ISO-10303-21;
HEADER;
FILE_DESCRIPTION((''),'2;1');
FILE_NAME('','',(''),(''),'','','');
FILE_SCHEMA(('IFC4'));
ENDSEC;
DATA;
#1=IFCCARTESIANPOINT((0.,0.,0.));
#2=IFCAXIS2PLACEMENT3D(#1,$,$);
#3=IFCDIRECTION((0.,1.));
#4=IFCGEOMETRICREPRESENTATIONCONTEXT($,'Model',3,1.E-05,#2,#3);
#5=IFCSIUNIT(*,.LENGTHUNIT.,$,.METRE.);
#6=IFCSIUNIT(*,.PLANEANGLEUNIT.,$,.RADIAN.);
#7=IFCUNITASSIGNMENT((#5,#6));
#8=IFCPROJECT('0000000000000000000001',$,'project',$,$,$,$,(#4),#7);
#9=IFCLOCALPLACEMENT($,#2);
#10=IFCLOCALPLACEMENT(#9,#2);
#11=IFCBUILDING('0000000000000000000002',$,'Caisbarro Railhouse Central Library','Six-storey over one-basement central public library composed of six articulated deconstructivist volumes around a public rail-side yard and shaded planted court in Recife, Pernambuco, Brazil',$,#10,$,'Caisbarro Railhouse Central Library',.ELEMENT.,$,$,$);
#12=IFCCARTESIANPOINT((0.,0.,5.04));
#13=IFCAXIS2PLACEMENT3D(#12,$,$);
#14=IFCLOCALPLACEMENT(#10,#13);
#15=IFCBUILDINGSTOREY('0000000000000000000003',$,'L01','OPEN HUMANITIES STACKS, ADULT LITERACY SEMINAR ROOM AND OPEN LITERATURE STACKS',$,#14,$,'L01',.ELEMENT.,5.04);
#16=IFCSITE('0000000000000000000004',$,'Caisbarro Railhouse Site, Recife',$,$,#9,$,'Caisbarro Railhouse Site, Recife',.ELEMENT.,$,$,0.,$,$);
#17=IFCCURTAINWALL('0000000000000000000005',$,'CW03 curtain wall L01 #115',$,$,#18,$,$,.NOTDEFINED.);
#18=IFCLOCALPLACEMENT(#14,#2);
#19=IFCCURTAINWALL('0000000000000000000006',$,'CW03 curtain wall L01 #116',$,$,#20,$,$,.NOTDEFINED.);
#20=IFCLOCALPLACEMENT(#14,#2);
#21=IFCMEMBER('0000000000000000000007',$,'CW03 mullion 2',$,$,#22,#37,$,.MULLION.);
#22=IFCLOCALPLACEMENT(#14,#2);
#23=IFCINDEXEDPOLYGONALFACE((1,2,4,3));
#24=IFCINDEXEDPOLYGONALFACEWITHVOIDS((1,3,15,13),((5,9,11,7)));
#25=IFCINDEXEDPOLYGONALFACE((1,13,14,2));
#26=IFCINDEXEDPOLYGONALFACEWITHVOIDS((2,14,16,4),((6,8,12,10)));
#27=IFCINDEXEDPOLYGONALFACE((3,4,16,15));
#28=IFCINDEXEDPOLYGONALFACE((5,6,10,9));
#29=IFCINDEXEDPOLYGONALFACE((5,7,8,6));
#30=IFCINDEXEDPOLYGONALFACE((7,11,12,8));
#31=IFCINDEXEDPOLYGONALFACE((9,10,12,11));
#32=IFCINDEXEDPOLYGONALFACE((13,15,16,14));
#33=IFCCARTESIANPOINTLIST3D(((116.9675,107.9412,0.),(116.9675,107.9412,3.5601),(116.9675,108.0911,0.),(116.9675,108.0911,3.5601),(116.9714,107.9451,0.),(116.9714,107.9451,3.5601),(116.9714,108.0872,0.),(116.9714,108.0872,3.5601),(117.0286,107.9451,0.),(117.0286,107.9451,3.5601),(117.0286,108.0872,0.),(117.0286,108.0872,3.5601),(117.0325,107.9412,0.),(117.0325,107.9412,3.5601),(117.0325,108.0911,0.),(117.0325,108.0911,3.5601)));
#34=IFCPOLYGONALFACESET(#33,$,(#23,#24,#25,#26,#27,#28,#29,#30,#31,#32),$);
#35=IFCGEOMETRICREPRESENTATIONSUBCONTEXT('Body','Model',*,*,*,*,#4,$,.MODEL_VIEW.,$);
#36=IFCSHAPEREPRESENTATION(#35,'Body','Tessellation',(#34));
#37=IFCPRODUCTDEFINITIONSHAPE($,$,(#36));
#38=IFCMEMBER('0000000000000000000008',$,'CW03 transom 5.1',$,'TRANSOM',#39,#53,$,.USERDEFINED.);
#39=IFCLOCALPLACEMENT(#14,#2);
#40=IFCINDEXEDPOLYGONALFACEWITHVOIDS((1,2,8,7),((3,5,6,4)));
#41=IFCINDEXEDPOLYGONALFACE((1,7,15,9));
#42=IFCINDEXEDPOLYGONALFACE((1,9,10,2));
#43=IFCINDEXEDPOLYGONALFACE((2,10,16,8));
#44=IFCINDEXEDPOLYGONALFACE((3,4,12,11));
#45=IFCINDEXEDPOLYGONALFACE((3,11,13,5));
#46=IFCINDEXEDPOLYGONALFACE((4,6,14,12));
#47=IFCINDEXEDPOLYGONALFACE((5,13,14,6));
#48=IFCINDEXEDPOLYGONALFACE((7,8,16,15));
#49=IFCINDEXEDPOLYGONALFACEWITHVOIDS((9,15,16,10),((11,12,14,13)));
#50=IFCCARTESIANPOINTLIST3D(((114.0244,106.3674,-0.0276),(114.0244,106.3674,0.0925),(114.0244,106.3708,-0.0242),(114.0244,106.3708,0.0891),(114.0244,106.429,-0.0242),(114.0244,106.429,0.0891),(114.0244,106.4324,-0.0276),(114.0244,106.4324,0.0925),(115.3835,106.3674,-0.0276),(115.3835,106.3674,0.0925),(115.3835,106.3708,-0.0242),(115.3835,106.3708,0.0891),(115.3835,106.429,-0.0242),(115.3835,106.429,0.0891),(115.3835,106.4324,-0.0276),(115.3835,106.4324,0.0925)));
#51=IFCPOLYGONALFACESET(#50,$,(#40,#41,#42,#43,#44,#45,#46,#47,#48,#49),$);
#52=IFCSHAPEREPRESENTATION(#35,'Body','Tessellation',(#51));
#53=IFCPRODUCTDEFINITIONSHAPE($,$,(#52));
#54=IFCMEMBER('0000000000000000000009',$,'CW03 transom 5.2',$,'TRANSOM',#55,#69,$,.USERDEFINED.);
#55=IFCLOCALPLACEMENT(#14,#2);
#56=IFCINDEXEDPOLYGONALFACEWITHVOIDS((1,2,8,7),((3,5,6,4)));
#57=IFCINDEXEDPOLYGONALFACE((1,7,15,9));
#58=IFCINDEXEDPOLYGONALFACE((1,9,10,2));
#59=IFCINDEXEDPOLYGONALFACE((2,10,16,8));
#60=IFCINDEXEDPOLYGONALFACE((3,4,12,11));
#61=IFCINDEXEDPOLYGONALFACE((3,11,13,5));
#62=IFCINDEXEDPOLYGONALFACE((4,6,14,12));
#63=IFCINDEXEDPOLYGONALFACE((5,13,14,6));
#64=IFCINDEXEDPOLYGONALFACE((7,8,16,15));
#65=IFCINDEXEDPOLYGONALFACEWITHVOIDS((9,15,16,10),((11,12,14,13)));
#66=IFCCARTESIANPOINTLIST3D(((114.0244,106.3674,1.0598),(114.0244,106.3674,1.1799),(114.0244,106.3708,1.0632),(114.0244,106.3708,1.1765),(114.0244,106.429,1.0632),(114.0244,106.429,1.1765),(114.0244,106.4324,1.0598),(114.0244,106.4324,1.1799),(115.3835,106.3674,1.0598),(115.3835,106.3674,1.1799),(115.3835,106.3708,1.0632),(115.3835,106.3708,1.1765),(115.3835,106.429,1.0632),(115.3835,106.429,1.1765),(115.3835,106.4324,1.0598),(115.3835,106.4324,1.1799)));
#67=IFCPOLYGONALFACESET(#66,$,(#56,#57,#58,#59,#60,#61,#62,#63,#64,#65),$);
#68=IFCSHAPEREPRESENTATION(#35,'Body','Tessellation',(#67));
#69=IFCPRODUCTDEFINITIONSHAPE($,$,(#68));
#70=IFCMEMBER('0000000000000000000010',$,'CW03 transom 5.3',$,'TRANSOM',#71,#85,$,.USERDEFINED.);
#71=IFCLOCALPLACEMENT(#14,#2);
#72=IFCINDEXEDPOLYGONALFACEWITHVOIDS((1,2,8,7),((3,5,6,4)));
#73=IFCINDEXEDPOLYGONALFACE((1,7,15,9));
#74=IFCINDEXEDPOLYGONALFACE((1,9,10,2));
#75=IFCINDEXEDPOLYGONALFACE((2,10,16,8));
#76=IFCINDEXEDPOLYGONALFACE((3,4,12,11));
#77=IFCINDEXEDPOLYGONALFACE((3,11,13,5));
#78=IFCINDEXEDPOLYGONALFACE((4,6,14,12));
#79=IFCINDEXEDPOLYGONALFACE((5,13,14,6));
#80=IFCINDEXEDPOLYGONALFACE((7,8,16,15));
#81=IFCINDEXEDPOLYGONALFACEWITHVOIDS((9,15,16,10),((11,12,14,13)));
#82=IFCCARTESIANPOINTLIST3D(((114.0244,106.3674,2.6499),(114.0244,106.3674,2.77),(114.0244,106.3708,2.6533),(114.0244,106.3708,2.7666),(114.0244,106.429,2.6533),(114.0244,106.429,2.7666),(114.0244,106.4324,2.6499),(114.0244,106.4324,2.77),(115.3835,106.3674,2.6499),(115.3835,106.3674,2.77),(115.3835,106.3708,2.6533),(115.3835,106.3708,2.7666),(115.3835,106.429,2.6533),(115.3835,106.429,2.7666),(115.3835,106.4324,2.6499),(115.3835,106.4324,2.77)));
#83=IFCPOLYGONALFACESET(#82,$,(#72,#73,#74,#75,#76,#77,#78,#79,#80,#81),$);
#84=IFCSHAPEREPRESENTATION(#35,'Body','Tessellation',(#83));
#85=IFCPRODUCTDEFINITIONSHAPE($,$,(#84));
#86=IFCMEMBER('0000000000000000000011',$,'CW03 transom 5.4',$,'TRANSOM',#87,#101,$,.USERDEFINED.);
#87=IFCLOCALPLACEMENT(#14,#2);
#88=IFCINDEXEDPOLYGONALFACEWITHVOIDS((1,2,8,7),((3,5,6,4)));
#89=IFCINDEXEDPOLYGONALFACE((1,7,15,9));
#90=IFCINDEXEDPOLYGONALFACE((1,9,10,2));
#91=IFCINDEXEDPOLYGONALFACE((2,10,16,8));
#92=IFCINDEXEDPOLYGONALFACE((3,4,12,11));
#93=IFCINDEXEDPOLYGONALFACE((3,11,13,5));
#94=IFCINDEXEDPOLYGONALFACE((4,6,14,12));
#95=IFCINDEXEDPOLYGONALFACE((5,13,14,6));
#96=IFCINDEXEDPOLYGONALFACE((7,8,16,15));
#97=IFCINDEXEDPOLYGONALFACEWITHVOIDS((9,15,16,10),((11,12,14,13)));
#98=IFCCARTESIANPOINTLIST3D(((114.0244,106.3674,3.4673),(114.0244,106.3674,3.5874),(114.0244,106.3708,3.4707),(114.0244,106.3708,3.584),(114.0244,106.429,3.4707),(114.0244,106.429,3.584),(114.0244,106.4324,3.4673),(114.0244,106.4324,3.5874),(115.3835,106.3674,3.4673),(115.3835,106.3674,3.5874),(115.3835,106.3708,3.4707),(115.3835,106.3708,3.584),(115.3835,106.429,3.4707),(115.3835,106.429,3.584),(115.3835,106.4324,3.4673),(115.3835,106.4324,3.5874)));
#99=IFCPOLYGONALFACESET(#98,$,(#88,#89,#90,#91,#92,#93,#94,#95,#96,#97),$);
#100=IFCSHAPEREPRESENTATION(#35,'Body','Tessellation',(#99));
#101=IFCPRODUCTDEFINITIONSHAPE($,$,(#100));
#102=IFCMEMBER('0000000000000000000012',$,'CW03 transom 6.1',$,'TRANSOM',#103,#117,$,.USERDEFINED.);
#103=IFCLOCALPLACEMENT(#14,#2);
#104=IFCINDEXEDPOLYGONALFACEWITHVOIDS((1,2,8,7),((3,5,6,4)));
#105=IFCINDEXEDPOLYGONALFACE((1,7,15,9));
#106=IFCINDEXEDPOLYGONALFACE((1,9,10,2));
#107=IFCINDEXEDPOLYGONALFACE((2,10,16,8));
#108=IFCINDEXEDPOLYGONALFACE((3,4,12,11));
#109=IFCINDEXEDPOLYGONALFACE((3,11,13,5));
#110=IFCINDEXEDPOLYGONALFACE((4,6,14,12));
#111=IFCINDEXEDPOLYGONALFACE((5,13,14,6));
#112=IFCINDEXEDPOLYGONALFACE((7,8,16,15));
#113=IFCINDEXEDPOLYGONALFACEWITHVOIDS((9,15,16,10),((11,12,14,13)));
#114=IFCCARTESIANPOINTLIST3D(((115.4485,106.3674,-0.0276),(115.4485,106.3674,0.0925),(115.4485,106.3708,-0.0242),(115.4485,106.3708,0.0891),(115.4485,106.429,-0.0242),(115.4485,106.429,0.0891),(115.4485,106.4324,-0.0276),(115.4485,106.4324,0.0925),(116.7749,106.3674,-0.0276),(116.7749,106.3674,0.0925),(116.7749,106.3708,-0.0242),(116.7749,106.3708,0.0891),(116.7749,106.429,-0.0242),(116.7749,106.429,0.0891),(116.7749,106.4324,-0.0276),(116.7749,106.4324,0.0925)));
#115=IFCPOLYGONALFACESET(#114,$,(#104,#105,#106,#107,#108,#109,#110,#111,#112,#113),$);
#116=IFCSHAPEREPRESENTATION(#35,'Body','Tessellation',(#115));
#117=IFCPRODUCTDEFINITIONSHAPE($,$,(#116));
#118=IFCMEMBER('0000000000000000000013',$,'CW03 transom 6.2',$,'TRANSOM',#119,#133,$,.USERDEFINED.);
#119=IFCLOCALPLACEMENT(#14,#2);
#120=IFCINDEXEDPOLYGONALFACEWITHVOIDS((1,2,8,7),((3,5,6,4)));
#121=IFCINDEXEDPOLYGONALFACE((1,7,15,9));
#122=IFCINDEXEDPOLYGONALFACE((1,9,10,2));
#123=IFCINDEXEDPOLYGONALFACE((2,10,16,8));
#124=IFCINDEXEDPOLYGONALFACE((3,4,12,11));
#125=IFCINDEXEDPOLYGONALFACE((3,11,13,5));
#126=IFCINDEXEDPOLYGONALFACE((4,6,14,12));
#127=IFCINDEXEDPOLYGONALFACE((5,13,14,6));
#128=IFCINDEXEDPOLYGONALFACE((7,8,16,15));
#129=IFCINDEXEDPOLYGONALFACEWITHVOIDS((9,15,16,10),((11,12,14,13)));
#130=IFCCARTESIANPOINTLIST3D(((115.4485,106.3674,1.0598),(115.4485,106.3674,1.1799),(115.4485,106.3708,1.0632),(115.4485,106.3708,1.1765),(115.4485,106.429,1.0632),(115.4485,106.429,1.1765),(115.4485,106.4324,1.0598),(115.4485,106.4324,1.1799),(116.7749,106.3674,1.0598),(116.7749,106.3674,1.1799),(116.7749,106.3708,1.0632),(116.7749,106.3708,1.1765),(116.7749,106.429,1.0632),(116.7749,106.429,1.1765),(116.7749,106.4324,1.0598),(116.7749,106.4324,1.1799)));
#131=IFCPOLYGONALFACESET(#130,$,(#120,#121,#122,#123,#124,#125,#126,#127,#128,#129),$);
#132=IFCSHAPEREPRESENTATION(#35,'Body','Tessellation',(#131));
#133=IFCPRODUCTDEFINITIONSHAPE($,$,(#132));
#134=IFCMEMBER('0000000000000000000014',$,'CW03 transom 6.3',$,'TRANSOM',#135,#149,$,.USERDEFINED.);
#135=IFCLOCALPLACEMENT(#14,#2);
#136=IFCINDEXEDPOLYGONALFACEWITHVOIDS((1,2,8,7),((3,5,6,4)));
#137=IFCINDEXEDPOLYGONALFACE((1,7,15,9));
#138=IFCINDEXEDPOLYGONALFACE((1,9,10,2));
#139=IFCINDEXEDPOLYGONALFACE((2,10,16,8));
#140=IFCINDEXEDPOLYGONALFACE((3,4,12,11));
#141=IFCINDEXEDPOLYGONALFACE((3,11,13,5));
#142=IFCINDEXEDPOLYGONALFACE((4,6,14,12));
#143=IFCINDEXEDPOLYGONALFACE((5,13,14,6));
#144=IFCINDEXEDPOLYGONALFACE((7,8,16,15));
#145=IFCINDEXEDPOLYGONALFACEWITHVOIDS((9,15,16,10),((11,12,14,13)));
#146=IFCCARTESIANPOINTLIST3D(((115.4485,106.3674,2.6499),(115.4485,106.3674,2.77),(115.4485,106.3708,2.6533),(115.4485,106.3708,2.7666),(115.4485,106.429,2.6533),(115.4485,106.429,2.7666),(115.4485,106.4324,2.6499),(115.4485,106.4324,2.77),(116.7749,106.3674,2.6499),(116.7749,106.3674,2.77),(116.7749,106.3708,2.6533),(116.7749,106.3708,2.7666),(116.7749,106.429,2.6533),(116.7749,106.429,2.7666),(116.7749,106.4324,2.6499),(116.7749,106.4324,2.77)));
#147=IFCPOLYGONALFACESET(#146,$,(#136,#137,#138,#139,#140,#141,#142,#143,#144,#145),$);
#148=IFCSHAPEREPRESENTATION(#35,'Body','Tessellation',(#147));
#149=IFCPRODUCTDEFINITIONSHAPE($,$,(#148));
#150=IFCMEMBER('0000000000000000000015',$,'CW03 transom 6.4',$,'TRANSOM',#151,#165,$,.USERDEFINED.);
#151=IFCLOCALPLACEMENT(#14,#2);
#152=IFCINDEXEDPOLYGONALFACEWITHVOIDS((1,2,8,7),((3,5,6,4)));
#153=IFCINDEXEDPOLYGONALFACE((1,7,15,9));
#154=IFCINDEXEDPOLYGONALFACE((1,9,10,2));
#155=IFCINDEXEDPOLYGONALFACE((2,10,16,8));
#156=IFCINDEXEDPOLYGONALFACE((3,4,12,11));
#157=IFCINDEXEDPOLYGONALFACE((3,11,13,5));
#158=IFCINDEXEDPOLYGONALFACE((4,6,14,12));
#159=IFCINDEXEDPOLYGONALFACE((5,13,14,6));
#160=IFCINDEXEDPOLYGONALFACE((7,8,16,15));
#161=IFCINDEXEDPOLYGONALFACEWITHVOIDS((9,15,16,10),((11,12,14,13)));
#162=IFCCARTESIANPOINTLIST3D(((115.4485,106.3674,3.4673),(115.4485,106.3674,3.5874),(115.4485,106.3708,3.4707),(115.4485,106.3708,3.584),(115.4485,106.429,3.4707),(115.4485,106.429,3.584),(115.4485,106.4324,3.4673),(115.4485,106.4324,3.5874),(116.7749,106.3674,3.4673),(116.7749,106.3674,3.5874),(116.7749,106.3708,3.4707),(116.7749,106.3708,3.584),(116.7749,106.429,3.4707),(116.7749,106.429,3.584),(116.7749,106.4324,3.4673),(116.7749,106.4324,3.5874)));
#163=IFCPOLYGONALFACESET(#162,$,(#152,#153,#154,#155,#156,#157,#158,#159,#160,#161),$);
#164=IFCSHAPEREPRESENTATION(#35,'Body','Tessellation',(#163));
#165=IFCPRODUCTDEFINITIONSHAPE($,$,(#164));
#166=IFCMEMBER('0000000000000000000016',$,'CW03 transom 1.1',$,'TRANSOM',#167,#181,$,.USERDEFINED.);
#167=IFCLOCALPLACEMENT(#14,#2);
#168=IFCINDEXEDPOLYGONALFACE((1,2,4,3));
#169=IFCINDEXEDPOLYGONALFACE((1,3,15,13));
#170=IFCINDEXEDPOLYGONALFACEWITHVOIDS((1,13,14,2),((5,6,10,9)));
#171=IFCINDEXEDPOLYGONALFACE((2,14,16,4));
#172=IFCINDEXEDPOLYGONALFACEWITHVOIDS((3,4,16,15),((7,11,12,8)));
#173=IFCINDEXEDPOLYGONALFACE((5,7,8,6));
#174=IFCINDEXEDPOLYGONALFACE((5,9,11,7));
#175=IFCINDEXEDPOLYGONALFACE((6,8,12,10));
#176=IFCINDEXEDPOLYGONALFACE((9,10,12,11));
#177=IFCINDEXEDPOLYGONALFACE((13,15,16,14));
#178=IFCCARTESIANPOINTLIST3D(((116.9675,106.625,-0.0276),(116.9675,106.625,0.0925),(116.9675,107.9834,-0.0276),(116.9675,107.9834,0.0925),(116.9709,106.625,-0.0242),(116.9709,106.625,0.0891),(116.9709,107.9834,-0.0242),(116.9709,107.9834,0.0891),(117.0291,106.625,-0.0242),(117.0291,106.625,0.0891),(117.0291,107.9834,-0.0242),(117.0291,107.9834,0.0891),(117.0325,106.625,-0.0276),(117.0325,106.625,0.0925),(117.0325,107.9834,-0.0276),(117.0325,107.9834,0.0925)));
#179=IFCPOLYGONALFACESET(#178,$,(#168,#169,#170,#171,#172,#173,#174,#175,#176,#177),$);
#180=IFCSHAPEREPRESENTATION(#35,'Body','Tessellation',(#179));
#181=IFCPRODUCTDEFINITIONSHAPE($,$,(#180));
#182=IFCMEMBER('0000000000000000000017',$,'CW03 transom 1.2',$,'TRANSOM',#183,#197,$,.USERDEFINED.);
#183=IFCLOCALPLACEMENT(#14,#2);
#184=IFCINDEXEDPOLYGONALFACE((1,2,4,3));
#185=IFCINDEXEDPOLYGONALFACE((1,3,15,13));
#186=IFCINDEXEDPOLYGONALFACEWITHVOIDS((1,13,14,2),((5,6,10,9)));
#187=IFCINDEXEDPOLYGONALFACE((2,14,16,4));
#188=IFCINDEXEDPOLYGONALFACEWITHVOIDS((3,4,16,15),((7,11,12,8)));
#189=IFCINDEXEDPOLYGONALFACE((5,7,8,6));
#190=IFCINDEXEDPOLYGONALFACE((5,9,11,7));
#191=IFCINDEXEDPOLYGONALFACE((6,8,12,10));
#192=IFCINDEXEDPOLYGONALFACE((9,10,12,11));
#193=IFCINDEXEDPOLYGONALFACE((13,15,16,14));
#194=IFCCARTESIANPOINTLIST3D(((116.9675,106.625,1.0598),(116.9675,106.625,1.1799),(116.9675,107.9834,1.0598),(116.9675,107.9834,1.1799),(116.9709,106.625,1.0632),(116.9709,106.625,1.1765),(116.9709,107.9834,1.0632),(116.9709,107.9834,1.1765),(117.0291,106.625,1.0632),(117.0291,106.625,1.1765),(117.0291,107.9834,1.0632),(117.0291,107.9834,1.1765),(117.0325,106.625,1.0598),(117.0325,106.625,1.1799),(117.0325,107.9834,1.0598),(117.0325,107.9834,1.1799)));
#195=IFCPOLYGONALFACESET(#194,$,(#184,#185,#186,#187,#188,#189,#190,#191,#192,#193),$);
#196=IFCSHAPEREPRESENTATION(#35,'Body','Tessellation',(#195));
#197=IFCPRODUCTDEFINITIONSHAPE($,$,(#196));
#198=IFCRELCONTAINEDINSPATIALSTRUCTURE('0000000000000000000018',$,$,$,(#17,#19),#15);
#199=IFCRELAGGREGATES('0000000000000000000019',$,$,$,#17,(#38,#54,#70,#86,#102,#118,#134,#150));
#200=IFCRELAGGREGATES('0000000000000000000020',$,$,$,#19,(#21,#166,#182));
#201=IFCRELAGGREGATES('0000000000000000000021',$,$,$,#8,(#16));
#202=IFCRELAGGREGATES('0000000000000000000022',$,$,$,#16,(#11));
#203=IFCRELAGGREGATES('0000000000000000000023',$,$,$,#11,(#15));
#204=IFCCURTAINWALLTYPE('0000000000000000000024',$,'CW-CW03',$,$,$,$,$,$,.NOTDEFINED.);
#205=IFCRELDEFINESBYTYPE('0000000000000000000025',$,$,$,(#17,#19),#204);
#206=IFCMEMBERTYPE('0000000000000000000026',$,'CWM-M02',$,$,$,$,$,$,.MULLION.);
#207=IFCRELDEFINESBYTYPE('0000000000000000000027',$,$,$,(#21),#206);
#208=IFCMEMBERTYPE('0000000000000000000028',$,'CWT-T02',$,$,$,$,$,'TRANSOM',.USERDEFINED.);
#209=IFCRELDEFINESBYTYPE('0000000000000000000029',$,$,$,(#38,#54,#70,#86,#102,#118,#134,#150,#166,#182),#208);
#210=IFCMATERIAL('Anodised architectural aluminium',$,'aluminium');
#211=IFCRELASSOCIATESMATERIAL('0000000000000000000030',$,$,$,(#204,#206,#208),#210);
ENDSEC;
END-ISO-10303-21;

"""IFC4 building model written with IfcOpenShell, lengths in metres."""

from ifc_helpers import new_model, si_unit, direction, frame, origin, origin_2d, place, context, subcontext, project, spatial, hollow_rectangle, extrude, material, material_profile, profile_set, type_object, element, aggregate, save


model = new_model("IFC4")

# Units and contexts
model_context = context("Model", 3, precision=1e-05, world=origin(), true_north=direction((0.0, 1.0)))
body_context = subcontext(model_context, "Body", "Model", "MODEL_VIEW")
ifc_project = project(units=[si_unit("LENGTHUNIT", "METRE"), si_unit("PLANEANGLEUNIT", "RADIAN")], contexts=[model_context])

# Site, building, storey
site_placement = place(None, origin())
site = spatial("IfcSite", under=ifc_project, at=site_placement, Name="Caisbarro Railhouse Site, Recife", LongName="Caisbarro Railhouse Site, Recife", CompositionType="ELEMENT", RefElevation=0.0)
building_placement = place(site_placement, origin())
building = spatial("IfcBuilding", under=site, at=building_placement, Name="Caisbarro Railhouse Central Library", Description="Six-storey over one-basement central public library composed of six articulated deconstructivist volumes around a public rail-side yard and shaded planted court in Recife, Pernambuco, Brazil", LongName="Caisbarro Railhouse Central Library", CompositionType="ELEMENT")
storey_placement = place(building_placement, frame((0.0, 0.0, 5.04)))
storey = spatial("IfcBuildingStorey", under=building, at=storey_placement, Name="L01", Description="OPEN HUMANITIES STACKS, ADULT LITERACY SEMINAR ROOM AND OPEN LITERATURE STACKS", LongName="L01", CompositionType="ELEMENT", Elevation=5.04)

# Curtain walls, member
ifc_material_1 = material(Name="Anodised architectural aluminium", Category="aluminium")
curtain_wall_type = type_object("IfcCurtainWallType", Name="CW-CW03", PredefinedType="NOTDEFINED", material=ifc_material_1)
curtain_wall_1_placement = place(storey_placement, origin())
curtain_wall_1 = element("IfcCurtainWall", 1, at=curtain_wall_1_placement, inside=storey, type_object=curtain_wall_type, Name="CW03 curtain wall L01 #115", PredefinedType="NOTDEFINED")
ifc_material_profile_1 = material_profile(ifc_material_1, hollow_rectangle(XDim=0.0649, YDim=0.1499, WallThickness=0.0039, at=origin_2d()), Name="ALU-MUL-65X150")
ifc_profile_set_1 = profile_set([ifc_material_profile_1], Name="Anodised architectural aluminium")
member_type_1 = type_object("IfcMemberType", Name="CWM-M02", PredefinedType="MULLION", material=ifc_profile_set_1)
curtain_wall_2_placement = place(storey_placement, origin())
curtain_wall_2 = element("IfcCurtainWall", 2, at=curtain_wall_2_placement, inside=storey, type_object=curtain_wall_type, Name="CW03 curtain wall L01 #116", PredefinedType="NOTDEFINED")
member_1_placement = place(storey_placement, frame((117.0, 108.0161, 0.0), z_axis=(0.0, 0.0, 1.0), x_axis=(-1.0, 0.0, 0.0)))
member_1 = element("IfcMember", 3, at=member_1_placement, type_object=member_type_1, Name="CW03 mullion 2", PredefinedType="MULLION", context=body_context, shape_type="SweptSolid", body=[
    extrude(hollow_rectangle(XDim=0.0649, YDim=0.1499, WallThickness=0.0039, at=origin_2d()), origin(), (0.0, 0.0, 1.0), 3.5601),
])

# Members
ifc_material_profile_2 = material_profile(ifc_material_1, hollow_rectangle(XDim=0.0649, YDim=0.1201, WallThickness=0.0034, at=origin_2d()), Name="ALU-TRN-65X120")
ifc_profile_set_2 = profile_set([ifc_material_profile_2], Name="Anodised architectural aluminium")
member_type_2 = type_object("IfcMemberType", Name="CWT-T02", ElementType="TRANSOM", PredefinedType="USERDEFINED", material=ifc_profile_set_2)
member_2_placement = place(storey_placement, frame((114.0244, 106.3999, 0.0325), z_axis=(1.0, 0.0, 0.0), x_axis=(0.0, 1.0, 0.0)))
member_2 = element("IfcMember", 4, at=member_2_placement, type_object=member_type_2, Name="CW03 transom 5.1", ObjectType="TRANSOM", PredefinedType="USERDEFINED", context=body_context, shape_type="SweptSolid", body=[
    extrude(hollow_rectangle(XDim=0.0649, YDim=0.1201, WallThickness=0.0034, at=origin_2d()), origin(), (0.0, 0.0, 1.0), 1.3591),
])
member_3_placement = place(storey_placement, frame((114.0244, 106.3999, 1.1199), z_axis=(1.0, 0.0, 0.0), x_axis=(0.0, 1.0, 0.0)))
member_3 = element("IfcMember", 5, at=member_3_placement, type_object=member_type_2, Name="CW03 transom 5.2", ObjectType="TRANSOM", PredefinedType="USERDEFINED", context=body_context, shape_type="SweptSolid", body=[
    extrude(hollow_rectangle(XDim=0.0649, YDim=0.1201, WallThickness=0.0034, at=origin_2d()), origin(), (0.0, 0.0, 1.0), 1.3591),
])
member_4_placement = place(storey_placement, frame((114.0244, 106.3999, 2.71), z_axis=(1.0, 0.0, 0.0), x_axis=(0.0, 1.0, 0.0)))
member_4 = element("IfcMember", 6, at=member_4_placement, type_object=member_type_2, Name="CW03 transom 5.3", ObjectType="TRANSOM", PredefinedType="USERDEFINED", context=body_context, shape_type="SweptSolid", body=[
    extrude(hollow_rectangle(XDim=0.0649, YDim=0.1201, WallThickness=0.0034, at=origin_2d()), origin(), (0.0, 0.0, 1.0), 1.3591),
])
member_5_placement = place(storey_placement, frame((114.0244, 106.3999, 3.5273), z_axis=(1.0, 0.0, 0.0), x_axis=(0.0, 1.0, 0.0)))
member_5 = element("IfcMember", 7, at=member_5_placement, type_object=member_type_2, Name="CW03 transom 5.4", ObjectType="TRANSOM", PredefinedType="USERDEFINED", context=body_context, shape_type="SweptSolid", body=[
    extrude(hollow_rectangle(XDim=0.0649, YDim=0.1201, WallThickness=0.0034, at=origin_2d()), origin(), (0.0, 0.0, 1.0), 1.3591),
])
member_6_placement = place(storey_placement, frame((115.4485, 106.3999, 0.0325), z_axis=(1.0, 0.0, 0.0), x_axis=(0.0, 1.0, 0.0)))
member_6 = element("IfcMember", 8, at=member_6_placement, type_object=member_type_2, Name="CW03 transom 6.1", ObjectType="TRANSOM", PredefinedType="USERDEFINED", context=body_context, shape_type="SweptSolid", body=[
    extrude(hollow_rectangle(XDim=0.0649, YDim=0.1201, WallThickness=0.0034, at=origin_2d()), origin(), (0.0, 0.0, 1.0), 1.3264),
])
member_7_placement = place(storey_placement, frame((115.4485, 106.3999, 1.1199), z_axis=(1.0, 0.0, 0.0), x_axis=(0.0, 1.0, 0.0)))
member_7 = element("IfcMember", 9, at=member_7_placement, type_object=member_type_2, Name="CW03 transom 6.2", ObjectType="TRANSOM", PredefinedType="USERDEFINED", context=body_context, shape_type="SweptSolid", body=[
    extrude(hollow_rectangle(XDim=0.0649, YDim=0.1201, WallThickness=0.0034, at=origin_2d()), origin(), (0.0, 0.0, 1.0), 1.3264),
])
member_8_placement = place(storey_placement, frame((115.4485, 106.3999, 2.71), z_axis=(1.0, 0.0, 0.0), x_axis=(0.0, 1.0, 0.0)))
member_8 = element("IfcMember", 10, at=member_8_placement, type_object=member_type_2, Name="CW03 transom 6.3", ObjectType="TRANSOM", PredefinedType="USERDEFINED", context=body_context, shape_type="SweptSolid", body=[
    extrude(hollow_rectangle(XDim=0.0649, YDim=0.1201, WallThickness=0.0034, at=origin_2d()), origin(), (0.0, 0.0, 1.0), 1.3264),
])
member_9_placement = place(storey_placement, frame((115.4485, 106.3999, 3.5273), z_axis=(1.0, 0.0, 0.0), x_axis=(0.0, 1.0, 0.0)))
member_9 = element("IfcMember", 11, at=member_9_placement, type_object=member_type_2, Name="CW03 transom 6.4", ObjectType="TRANSOM", PredefinedType="USERDEFINED", context=body_context, shape_type="SweptSolid", body=[
    extrude(hollow_rectangle(XDim=0.0649, YDim=0.1201, WallThickness=0.0034, at=origin_2d()), origin(), (0.0, 0.0, 1.0), 1.3264),
])
member_10_placement = place(storey_placement, frame((117.0, 106.625, 0.0325), z_axis=(0.0, 1.0, 0.0), x_axis=(-1.0, 0.0, 0.0)))
member_10 = element("IfcMember", 12, at=member_10_placement, type_object=member_type_2, Name="CW03 transom 1.1", ObjectType="TRANSOM", PredefinedType="USERDEFINED", context=body_context, shape_type="SweptSolid", body=[
    extrude(hollow_rectangle(XDim=0.0649, YDim=0.1201, WallThickness=0.0034, at=origin_2d()), origin(), (0.0, 0.0, 1.0), 1.3584),
])
member_11_placement = place(storey_placement, frame((117.0, 106.625, 1.1199), z_axis=(0.0, 1.0, 0.0), x_axis=(-1.0, 0.0, 0.0)))
member_11 = element("IfcMember", 13, at=member_11_placement, type_object=member_type_2, Name="CW03 transom 1.2", ObjectType="TRANSOM", PredefinedType="USERDEFINED", context=body_context, shape_type="SweptSolid", body=[
    extrude(hollow_rectangle(XDim=0.0649, YDim=0.1201, WallThickness=0.0034, at=origin_2d()), origin(), (0.0, 0.0, 1.0), 1.3584),
])

aggregate(curtain_wall_1, [member_2, member_3, member_4, member_5, member_6, member_7, member_8, member_9])
aggregate(curtain_wall_2, [member_1, member_10, member_11])

save(model, "model.ifc")
